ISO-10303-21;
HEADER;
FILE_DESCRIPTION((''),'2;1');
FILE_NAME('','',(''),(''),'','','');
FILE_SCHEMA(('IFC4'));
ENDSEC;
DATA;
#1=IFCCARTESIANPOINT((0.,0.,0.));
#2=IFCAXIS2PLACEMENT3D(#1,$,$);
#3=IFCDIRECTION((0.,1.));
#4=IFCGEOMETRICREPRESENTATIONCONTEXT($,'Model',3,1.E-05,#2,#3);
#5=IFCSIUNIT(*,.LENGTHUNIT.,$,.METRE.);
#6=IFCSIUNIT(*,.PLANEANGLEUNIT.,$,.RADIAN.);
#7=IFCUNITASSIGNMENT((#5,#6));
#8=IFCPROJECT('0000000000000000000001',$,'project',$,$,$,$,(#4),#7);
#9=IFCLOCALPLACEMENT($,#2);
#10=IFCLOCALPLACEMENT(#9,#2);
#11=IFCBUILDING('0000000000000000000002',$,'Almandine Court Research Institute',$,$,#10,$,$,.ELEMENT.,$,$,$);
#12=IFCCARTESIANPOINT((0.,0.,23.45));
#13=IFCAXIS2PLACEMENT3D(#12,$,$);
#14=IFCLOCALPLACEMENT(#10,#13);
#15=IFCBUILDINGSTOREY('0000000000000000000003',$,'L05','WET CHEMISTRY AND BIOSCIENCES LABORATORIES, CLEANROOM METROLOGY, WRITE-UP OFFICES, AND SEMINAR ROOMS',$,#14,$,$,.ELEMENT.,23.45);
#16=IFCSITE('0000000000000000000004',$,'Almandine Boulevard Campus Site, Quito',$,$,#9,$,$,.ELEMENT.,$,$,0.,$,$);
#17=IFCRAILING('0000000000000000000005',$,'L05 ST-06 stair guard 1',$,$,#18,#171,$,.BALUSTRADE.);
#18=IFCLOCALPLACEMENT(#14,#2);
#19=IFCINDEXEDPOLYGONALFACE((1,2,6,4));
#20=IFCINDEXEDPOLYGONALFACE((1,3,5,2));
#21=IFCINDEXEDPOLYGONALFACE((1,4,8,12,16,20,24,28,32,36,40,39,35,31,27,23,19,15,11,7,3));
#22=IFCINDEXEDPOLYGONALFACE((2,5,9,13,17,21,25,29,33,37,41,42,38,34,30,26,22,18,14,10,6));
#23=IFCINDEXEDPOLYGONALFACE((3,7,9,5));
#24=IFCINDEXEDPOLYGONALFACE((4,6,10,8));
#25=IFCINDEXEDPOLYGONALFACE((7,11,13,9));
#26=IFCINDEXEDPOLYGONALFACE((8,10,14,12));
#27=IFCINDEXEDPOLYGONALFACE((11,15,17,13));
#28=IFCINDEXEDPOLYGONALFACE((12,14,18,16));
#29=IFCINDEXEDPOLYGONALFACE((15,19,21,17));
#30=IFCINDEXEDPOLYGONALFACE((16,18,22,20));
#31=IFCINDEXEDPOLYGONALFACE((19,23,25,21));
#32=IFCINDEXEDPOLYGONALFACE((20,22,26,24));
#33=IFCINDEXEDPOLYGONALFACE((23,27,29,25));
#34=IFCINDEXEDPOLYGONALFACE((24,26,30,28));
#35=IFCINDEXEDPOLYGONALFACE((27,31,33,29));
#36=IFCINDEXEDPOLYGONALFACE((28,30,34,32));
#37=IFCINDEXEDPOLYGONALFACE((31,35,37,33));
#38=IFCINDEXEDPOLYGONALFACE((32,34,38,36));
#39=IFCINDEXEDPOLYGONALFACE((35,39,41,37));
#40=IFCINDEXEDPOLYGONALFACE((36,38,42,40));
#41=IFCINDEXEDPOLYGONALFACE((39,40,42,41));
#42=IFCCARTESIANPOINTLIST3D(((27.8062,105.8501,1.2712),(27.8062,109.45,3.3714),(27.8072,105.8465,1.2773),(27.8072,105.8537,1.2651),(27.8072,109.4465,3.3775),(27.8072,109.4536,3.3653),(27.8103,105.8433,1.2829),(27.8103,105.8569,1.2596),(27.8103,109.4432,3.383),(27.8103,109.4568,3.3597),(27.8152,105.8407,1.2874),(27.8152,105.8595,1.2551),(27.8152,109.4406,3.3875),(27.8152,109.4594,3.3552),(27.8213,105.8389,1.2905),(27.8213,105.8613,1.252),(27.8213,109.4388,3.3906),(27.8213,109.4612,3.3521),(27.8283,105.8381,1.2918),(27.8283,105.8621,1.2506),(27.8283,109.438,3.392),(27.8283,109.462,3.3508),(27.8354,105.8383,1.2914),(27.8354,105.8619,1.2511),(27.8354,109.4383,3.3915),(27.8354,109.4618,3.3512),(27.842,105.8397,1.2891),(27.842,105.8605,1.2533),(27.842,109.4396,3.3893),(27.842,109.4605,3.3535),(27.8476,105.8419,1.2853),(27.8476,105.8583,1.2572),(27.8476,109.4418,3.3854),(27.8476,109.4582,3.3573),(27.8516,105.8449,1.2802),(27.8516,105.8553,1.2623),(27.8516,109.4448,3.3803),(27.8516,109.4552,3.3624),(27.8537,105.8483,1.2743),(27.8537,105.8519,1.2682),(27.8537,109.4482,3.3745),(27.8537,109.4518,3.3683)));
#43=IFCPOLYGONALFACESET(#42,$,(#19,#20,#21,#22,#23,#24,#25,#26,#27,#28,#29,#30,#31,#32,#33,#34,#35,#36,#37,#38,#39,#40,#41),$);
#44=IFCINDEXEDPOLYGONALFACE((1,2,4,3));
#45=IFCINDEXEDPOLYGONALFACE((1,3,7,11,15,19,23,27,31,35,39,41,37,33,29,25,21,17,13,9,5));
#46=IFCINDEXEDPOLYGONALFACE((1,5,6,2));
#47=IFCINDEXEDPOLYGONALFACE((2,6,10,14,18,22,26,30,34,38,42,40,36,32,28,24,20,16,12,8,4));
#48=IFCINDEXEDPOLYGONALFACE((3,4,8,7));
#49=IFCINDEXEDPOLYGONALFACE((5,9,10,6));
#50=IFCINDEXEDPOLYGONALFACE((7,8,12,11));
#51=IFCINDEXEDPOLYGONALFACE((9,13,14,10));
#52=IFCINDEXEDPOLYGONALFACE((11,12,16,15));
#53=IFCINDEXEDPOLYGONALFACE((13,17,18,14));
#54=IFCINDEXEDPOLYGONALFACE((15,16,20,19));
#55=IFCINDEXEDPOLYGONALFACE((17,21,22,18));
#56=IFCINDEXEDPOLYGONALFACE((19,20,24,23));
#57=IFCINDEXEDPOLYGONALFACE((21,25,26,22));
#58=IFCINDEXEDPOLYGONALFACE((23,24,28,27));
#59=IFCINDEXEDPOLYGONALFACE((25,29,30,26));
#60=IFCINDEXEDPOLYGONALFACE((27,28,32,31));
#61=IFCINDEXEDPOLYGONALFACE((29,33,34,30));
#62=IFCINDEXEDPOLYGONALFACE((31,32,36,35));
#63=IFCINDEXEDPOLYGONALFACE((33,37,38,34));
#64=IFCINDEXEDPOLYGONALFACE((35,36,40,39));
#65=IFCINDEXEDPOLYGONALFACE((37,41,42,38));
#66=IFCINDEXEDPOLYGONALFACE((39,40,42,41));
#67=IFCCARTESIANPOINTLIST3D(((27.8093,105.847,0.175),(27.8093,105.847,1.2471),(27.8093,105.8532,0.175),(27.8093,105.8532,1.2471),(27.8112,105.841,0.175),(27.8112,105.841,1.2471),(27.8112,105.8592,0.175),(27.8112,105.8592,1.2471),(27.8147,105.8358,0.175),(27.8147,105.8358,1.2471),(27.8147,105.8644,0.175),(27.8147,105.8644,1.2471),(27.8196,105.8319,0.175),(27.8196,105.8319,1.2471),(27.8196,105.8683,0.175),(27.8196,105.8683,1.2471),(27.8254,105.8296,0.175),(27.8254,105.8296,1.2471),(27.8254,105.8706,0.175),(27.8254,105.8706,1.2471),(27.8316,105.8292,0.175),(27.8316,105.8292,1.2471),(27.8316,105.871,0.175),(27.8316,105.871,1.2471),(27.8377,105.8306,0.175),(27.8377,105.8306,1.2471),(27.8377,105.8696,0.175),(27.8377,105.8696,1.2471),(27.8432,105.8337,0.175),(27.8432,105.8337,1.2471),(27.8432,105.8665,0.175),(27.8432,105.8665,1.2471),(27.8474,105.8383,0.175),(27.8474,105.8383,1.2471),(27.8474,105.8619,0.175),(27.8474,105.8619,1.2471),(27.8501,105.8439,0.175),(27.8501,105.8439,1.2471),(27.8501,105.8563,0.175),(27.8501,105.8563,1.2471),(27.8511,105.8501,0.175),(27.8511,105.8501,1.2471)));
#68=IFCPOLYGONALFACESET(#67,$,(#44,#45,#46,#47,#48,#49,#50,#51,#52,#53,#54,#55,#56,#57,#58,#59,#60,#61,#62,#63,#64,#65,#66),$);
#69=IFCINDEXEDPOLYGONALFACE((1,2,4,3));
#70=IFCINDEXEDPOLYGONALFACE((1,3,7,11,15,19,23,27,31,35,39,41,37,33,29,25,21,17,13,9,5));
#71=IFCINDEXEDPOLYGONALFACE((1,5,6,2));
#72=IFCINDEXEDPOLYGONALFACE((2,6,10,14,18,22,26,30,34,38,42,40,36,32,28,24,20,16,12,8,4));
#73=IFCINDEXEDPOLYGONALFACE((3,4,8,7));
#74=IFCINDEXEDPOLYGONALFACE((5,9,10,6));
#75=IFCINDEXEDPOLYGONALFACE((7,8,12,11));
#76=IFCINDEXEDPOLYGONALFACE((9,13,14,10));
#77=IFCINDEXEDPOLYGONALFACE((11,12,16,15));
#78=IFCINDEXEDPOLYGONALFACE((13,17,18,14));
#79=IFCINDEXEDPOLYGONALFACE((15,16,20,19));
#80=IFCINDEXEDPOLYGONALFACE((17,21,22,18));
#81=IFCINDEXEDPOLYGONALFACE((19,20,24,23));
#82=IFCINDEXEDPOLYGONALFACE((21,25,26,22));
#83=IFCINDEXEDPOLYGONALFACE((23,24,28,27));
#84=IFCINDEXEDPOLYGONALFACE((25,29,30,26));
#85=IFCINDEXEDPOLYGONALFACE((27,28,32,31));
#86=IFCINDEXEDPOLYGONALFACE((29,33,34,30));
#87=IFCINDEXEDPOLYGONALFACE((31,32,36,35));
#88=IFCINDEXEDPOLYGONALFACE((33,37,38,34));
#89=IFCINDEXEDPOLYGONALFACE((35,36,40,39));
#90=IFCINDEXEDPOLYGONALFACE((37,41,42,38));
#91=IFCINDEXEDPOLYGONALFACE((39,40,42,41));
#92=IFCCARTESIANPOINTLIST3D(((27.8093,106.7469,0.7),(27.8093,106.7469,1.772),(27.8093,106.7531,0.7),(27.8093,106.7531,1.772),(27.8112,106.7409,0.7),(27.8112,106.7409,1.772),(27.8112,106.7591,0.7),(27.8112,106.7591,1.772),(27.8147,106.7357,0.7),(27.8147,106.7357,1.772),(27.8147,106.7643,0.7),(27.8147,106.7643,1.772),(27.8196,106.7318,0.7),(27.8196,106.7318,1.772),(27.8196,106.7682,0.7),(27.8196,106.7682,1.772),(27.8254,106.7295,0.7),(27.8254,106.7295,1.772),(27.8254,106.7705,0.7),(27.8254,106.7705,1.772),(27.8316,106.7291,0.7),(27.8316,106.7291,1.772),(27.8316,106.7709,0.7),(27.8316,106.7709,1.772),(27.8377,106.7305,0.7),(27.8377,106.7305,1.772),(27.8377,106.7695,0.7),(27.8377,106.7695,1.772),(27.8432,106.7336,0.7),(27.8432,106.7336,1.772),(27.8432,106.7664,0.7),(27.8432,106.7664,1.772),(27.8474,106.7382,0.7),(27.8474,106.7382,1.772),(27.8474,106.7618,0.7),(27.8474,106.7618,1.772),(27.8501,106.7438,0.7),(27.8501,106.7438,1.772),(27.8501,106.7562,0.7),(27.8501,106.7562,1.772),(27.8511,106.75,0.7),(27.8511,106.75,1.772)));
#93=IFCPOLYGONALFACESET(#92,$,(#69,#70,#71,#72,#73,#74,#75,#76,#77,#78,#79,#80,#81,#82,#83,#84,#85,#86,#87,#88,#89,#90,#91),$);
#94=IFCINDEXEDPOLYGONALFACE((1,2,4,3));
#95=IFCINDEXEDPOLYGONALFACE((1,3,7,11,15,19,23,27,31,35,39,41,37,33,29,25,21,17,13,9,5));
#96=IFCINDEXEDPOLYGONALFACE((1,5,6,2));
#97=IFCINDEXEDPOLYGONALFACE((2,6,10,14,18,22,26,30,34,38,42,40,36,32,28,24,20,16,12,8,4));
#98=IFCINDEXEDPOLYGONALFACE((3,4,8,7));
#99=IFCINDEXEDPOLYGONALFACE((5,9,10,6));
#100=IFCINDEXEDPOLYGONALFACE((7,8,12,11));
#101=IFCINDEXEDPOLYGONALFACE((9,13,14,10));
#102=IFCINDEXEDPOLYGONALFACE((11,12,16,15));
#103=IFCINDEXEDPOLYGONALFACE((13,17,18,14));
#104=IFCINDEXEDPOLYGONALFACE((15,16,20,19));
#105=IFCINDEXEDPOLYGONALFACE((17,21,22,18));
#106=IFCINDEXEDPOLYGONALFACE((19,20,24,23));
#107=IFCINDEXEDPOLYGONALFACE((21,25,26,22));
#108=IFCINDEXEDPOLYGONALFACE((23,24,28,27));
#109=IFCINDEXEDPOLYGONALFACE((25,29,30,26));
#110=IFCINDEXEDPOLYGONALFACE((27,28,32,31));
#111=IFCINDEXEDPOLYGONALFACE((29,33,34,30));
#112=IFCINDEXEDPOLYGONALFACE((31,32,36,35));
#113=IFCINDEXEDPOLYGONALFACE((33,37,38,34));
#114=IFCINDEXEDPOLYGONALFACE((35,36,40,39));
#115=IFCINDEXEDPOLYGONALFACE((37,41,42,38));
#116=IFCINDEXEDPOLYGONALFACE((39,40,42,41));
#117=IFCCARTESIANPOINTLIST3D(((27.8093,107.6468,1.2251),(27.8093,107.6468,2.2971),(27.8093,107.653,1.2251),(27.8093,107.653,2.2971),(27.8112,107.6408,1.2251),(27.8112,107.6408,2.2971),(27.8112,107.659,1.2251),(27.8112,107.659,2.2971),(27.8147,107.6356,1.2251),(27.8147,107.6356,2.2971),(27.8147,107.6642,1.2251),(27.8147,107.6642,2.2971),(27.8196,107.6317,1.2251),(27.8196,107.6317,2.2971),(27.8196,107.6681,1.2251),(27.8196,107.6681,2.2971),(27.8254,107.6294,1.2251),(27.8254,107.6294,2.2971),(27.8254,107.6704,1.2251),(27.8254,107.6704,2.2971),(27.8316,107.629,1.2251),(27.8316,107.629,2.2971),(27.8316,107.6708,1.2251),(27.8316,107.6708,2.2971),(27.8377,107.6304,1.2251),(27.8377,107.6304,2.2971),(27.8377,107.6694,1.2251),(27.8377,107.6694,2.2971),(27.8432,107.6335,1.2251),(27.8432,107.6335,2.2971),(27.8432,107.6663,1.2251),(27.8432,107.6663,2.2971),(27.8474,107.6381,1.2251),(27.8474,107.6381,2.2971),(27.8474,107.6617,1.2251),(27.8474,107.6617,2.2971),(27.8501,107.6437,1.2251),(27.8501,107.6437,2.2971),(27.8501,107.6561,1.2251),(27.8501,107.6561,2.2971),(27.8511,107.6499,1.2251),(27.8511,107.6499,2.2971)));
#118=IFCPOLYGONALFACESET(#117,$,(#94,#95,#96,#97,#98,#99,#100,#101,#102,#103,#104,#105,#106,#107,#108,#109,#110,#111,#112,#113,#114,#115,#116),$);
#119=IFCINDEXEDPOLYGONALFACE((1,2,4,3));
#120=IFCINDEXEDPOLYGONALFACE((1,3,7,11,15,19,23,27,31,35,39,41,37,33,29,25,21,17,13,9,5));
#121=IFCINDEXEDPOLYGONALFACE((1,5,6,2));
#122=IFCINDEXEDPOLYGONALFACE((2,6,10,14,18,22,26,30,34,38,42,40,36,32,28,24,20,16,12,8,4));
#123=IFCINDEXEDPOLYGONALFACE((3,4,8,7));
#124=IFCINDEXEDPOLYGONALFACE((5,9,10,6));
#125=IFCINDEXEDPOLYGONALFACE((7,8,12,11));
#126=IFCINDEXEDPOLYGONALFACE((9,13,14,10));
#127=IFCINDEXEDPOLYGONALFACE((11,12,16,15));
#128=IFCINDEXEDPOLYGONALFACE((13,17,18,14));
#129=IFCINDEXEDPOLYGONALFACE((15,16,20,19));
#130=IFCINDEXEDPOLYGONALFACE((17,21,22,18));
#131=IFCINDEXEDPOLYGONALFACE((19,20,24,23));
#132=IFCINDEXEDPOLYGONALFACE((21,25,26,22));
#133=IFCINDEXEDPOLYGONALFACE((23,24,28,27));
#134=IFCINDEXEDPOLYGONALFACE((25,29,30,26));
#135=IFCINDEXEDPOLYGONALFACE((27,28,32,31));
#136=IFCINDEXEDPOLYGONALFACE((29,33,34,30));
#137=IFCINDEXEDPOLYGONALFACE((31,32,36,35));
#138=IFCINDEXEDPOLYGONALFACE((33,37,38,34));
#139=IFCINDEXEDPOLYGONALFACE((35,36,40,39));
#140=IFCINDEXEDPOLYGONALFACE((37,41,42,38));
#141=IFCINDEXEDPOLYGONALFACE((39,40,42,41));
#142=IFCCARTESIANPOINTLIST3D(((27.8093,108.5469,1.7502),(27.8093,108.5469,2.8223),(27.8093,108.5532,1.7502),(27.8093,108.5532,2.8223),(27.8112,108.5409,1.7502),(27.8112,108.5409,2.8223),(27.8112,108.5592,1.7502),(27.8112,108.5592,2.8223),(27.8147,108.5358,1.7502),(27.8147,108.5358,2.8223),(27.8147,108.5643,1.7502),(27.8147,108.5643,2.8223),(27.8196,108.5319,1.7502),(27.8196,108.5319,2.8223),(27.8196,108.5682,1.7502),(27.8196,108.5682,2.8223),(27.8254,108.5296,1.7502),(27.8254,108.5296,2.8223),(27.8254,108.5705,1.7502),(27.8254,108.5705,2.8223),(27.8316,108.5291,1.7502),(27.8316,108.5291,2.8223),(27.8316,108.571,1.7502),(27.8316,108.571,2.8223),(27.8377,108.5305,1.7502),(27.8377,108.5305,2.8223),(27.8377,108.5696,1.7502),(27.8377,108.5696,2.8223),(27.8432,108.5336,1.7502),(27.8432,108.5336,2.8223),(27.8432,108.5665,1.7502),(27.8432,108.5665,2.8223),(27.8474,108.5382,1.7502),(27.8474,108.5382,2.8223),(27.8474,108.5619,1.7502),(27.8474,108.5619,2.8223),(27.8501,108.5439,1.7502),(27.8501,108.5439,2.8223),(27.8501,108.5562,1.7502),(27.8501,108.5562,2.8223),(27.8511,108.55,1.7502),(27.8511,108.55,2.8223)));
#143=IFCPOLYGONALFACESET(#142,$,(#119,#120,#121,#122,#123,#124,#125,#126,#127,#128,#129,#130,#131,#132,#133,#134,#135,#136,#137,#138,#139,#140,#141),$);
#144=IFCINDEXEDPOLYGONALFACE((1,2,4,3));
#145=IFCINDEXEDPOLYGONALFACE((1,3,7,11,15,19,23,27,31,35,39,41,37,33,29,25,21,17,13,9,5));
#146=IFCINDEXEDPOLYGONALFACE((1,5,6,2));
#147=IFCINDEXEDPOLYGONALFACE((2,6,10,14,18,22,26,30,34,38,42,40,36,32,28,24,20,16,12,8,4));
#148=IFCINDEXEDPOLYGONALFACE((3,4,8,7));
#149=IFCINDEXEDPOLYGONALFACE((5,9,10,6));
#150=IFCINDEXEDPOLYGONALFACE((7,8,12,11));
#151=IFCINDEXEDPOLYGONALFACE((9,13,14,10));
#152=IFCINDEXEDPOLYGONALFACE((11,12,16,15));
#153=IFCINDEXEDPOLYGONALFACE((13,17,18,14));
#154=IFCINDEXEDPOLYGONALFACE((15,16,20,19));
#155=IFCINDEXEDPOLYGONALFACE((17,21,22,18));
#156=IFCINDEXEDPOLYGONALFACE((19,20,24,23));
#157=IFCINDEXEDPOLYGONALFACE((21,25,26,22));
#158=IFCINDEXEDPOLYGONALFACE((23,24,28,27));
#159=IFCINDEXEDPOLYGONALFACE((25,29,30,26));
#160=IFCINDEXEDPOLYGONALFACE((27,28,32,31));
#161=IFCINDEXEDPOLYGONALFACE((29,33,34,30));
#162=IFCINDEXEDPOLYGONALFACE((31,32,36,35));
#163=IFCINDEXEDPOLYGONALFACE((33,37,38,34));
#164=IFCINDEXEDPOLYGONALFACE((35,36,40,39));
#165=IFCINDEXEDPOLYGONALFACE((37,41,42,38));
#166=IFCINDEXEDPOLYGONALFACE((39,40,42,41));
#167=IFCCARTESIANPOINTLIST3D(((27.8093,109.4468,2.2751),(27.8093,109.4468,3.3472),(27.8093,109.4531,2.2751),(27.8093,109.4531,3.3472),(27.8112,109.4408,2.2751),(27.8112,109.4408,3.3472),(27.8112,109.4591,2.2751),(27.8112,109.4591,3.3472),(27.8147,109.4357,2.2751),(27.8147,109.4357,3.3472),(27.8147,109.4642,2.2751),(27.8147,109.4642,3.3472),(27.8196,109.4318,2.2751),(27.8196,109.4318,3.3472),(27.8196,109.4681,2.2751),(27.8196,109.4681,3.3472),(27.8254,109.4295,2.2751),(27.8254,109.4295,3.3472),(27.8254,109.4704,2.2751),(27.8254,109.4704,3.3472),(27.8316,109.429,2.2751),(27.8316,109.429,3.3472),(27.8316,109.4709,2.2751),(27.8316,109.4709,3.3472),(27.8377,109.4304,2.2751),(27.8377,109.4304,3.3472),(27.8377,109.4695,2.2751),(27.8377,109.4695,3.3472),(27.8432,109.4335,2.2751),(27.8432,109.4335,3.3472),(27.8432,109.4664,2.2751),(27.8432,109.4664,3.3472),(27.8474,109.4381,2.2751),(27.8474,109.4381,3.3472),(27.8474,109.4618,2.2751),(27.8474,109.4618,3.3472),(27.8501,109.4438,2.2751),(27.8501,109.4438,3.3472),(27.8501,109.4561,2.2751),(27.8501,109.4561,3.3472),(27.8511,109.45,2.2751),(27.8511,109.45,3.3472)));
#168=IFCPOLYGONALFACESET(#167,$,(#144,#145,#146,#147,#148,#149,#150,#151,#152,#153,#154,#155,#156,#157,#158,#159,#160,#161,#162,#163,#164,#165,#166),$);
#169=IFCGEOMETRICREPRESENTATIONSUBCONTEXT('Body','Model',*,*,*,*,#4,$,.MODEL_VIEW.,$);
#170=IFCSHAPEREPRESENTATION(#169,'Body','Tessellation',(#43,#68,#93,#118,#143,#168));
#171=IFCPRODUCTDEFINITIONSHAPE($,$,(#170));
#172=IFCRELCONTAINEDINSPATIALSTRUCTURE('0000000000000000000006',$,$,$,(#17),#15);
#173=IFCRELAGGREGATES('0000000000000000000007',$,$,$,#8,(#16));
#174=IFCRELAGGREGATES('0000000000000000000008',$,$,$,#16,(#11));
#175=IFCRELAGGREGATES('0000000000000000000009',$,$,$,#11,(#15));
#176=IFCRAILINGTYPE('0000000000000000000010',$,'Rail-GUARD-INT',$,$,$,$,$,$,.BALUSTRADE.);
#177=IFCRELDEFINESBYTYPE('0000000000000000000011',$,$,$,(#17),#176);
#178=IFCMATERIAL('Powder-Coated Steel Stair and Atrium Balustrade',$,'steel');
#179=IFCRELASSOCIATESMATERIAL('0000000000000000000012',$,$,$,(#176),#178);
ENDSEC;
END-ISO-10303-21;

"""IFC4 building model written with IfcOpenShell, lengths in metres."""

from ifc_helpers import new_model, si_unit, direction, frame, origin, origin_2d, place, context, subcontext, project, spatial, circle, extrude, material, type_object, element, save


model = new_model("IFC4")

# Units and contexts
model_context = context("Model", 3, precision=1e-05, world=origin(), true_north=direction((0.0, 1.0)))
body_context = subcontext(model_context, "Body", "Model", "MODEL_VIEW")
ifc_project = project(units=[si_unit("LENGTHUNIT", "METRE"), si_unit("PLANEANGLEUNIT", "RADIAN")], contexts=[model_context])

# Site, building, storey
site_placement = place(None, origin())
site = spatial("IfcSite", under=ifc_project, at=site_placement, Name="Almandine Boulevard Campus Site, Quito", CompositionType="ELEMENT", RefElevation=0.0)
building_placement = place(site_placement, origin())
building = spatial("IfcBuilding", under=site, at=building_placement, Name="Almandine Court Research Institute", CompositionType="ELEMENT")
storey_placement = place(building_placement, frame((0.0, 0.0, 23.45)))
storey = spatial("IfcBuildingStorey", under=building, at=storey_placement, Name="L05", Description="WET CHEMISTRY AND BIOSCIENCES LABORATORIES, CLEANROOM METROLOGY, WRITE-UP OFFICES, AND SEMINAR ROOMS", CompositionType="ELEMENT", Elevation=23.45)

# Railing
ifc_material_1 = material(Name="Powder-Coated Steel Stair and Atrium Balustrade", Category="steel")
railing_type_1 = type_object("IfcRailingType", Name="Rail-GUARD-INT", PredefinedType="BALUSTRADE", material=ifc_material_1)
railing_1_placement = place(storey_placement, frame((27.8301, 105.8501, 0.175)))
element("IfcRailing", 1, at=railing_1_placement, inside=storey, type_object=railing_type_1, Name="L05 ST-06 stair guard 1", PredefinedType="BALUSTRADE", context=body_context, shape_type="SweptSolid", body=[
    extrude(circle(Radius=0.0239, at=origin_2d()), frame((0.0, 0.0, 1.0962), z_axis=(0.0, 0.86376, 0.503904), x_axis=(-1.0, 0.0, 0.0)), (0.0, 0.0, 1.0), 4.1677),
    extrude(circle(Radius=0.021, at=origin_2d()), origin(), (0.0, 0.0, 1.0), 1.072),
    extrude(circle(Radius=0.021, at=origin_2d()), frame((0.0, 0.8999, 0.5249)), (0.0, 0.0, 1.0), 1.072),
    extrude(circle(Radius=0.021, at=origin_2d()), frame((0.0, 1.7998, 1.05)), (0.0, 0.0, 1.0), 1.072),
    extrude(circle(Radius=0.021, at=origin_2d()), frame((0.0, 2.7, 1.5752)), (0.0, 0.0, 1.0), 1.072),
    extrude(circle(Radius=0.021, at=origin_2d()), frame((0.0, 3.5999, 2.1001)), (0.0, 0.0, 1.0), 1.072),
])

save(model, "model.ifc")
